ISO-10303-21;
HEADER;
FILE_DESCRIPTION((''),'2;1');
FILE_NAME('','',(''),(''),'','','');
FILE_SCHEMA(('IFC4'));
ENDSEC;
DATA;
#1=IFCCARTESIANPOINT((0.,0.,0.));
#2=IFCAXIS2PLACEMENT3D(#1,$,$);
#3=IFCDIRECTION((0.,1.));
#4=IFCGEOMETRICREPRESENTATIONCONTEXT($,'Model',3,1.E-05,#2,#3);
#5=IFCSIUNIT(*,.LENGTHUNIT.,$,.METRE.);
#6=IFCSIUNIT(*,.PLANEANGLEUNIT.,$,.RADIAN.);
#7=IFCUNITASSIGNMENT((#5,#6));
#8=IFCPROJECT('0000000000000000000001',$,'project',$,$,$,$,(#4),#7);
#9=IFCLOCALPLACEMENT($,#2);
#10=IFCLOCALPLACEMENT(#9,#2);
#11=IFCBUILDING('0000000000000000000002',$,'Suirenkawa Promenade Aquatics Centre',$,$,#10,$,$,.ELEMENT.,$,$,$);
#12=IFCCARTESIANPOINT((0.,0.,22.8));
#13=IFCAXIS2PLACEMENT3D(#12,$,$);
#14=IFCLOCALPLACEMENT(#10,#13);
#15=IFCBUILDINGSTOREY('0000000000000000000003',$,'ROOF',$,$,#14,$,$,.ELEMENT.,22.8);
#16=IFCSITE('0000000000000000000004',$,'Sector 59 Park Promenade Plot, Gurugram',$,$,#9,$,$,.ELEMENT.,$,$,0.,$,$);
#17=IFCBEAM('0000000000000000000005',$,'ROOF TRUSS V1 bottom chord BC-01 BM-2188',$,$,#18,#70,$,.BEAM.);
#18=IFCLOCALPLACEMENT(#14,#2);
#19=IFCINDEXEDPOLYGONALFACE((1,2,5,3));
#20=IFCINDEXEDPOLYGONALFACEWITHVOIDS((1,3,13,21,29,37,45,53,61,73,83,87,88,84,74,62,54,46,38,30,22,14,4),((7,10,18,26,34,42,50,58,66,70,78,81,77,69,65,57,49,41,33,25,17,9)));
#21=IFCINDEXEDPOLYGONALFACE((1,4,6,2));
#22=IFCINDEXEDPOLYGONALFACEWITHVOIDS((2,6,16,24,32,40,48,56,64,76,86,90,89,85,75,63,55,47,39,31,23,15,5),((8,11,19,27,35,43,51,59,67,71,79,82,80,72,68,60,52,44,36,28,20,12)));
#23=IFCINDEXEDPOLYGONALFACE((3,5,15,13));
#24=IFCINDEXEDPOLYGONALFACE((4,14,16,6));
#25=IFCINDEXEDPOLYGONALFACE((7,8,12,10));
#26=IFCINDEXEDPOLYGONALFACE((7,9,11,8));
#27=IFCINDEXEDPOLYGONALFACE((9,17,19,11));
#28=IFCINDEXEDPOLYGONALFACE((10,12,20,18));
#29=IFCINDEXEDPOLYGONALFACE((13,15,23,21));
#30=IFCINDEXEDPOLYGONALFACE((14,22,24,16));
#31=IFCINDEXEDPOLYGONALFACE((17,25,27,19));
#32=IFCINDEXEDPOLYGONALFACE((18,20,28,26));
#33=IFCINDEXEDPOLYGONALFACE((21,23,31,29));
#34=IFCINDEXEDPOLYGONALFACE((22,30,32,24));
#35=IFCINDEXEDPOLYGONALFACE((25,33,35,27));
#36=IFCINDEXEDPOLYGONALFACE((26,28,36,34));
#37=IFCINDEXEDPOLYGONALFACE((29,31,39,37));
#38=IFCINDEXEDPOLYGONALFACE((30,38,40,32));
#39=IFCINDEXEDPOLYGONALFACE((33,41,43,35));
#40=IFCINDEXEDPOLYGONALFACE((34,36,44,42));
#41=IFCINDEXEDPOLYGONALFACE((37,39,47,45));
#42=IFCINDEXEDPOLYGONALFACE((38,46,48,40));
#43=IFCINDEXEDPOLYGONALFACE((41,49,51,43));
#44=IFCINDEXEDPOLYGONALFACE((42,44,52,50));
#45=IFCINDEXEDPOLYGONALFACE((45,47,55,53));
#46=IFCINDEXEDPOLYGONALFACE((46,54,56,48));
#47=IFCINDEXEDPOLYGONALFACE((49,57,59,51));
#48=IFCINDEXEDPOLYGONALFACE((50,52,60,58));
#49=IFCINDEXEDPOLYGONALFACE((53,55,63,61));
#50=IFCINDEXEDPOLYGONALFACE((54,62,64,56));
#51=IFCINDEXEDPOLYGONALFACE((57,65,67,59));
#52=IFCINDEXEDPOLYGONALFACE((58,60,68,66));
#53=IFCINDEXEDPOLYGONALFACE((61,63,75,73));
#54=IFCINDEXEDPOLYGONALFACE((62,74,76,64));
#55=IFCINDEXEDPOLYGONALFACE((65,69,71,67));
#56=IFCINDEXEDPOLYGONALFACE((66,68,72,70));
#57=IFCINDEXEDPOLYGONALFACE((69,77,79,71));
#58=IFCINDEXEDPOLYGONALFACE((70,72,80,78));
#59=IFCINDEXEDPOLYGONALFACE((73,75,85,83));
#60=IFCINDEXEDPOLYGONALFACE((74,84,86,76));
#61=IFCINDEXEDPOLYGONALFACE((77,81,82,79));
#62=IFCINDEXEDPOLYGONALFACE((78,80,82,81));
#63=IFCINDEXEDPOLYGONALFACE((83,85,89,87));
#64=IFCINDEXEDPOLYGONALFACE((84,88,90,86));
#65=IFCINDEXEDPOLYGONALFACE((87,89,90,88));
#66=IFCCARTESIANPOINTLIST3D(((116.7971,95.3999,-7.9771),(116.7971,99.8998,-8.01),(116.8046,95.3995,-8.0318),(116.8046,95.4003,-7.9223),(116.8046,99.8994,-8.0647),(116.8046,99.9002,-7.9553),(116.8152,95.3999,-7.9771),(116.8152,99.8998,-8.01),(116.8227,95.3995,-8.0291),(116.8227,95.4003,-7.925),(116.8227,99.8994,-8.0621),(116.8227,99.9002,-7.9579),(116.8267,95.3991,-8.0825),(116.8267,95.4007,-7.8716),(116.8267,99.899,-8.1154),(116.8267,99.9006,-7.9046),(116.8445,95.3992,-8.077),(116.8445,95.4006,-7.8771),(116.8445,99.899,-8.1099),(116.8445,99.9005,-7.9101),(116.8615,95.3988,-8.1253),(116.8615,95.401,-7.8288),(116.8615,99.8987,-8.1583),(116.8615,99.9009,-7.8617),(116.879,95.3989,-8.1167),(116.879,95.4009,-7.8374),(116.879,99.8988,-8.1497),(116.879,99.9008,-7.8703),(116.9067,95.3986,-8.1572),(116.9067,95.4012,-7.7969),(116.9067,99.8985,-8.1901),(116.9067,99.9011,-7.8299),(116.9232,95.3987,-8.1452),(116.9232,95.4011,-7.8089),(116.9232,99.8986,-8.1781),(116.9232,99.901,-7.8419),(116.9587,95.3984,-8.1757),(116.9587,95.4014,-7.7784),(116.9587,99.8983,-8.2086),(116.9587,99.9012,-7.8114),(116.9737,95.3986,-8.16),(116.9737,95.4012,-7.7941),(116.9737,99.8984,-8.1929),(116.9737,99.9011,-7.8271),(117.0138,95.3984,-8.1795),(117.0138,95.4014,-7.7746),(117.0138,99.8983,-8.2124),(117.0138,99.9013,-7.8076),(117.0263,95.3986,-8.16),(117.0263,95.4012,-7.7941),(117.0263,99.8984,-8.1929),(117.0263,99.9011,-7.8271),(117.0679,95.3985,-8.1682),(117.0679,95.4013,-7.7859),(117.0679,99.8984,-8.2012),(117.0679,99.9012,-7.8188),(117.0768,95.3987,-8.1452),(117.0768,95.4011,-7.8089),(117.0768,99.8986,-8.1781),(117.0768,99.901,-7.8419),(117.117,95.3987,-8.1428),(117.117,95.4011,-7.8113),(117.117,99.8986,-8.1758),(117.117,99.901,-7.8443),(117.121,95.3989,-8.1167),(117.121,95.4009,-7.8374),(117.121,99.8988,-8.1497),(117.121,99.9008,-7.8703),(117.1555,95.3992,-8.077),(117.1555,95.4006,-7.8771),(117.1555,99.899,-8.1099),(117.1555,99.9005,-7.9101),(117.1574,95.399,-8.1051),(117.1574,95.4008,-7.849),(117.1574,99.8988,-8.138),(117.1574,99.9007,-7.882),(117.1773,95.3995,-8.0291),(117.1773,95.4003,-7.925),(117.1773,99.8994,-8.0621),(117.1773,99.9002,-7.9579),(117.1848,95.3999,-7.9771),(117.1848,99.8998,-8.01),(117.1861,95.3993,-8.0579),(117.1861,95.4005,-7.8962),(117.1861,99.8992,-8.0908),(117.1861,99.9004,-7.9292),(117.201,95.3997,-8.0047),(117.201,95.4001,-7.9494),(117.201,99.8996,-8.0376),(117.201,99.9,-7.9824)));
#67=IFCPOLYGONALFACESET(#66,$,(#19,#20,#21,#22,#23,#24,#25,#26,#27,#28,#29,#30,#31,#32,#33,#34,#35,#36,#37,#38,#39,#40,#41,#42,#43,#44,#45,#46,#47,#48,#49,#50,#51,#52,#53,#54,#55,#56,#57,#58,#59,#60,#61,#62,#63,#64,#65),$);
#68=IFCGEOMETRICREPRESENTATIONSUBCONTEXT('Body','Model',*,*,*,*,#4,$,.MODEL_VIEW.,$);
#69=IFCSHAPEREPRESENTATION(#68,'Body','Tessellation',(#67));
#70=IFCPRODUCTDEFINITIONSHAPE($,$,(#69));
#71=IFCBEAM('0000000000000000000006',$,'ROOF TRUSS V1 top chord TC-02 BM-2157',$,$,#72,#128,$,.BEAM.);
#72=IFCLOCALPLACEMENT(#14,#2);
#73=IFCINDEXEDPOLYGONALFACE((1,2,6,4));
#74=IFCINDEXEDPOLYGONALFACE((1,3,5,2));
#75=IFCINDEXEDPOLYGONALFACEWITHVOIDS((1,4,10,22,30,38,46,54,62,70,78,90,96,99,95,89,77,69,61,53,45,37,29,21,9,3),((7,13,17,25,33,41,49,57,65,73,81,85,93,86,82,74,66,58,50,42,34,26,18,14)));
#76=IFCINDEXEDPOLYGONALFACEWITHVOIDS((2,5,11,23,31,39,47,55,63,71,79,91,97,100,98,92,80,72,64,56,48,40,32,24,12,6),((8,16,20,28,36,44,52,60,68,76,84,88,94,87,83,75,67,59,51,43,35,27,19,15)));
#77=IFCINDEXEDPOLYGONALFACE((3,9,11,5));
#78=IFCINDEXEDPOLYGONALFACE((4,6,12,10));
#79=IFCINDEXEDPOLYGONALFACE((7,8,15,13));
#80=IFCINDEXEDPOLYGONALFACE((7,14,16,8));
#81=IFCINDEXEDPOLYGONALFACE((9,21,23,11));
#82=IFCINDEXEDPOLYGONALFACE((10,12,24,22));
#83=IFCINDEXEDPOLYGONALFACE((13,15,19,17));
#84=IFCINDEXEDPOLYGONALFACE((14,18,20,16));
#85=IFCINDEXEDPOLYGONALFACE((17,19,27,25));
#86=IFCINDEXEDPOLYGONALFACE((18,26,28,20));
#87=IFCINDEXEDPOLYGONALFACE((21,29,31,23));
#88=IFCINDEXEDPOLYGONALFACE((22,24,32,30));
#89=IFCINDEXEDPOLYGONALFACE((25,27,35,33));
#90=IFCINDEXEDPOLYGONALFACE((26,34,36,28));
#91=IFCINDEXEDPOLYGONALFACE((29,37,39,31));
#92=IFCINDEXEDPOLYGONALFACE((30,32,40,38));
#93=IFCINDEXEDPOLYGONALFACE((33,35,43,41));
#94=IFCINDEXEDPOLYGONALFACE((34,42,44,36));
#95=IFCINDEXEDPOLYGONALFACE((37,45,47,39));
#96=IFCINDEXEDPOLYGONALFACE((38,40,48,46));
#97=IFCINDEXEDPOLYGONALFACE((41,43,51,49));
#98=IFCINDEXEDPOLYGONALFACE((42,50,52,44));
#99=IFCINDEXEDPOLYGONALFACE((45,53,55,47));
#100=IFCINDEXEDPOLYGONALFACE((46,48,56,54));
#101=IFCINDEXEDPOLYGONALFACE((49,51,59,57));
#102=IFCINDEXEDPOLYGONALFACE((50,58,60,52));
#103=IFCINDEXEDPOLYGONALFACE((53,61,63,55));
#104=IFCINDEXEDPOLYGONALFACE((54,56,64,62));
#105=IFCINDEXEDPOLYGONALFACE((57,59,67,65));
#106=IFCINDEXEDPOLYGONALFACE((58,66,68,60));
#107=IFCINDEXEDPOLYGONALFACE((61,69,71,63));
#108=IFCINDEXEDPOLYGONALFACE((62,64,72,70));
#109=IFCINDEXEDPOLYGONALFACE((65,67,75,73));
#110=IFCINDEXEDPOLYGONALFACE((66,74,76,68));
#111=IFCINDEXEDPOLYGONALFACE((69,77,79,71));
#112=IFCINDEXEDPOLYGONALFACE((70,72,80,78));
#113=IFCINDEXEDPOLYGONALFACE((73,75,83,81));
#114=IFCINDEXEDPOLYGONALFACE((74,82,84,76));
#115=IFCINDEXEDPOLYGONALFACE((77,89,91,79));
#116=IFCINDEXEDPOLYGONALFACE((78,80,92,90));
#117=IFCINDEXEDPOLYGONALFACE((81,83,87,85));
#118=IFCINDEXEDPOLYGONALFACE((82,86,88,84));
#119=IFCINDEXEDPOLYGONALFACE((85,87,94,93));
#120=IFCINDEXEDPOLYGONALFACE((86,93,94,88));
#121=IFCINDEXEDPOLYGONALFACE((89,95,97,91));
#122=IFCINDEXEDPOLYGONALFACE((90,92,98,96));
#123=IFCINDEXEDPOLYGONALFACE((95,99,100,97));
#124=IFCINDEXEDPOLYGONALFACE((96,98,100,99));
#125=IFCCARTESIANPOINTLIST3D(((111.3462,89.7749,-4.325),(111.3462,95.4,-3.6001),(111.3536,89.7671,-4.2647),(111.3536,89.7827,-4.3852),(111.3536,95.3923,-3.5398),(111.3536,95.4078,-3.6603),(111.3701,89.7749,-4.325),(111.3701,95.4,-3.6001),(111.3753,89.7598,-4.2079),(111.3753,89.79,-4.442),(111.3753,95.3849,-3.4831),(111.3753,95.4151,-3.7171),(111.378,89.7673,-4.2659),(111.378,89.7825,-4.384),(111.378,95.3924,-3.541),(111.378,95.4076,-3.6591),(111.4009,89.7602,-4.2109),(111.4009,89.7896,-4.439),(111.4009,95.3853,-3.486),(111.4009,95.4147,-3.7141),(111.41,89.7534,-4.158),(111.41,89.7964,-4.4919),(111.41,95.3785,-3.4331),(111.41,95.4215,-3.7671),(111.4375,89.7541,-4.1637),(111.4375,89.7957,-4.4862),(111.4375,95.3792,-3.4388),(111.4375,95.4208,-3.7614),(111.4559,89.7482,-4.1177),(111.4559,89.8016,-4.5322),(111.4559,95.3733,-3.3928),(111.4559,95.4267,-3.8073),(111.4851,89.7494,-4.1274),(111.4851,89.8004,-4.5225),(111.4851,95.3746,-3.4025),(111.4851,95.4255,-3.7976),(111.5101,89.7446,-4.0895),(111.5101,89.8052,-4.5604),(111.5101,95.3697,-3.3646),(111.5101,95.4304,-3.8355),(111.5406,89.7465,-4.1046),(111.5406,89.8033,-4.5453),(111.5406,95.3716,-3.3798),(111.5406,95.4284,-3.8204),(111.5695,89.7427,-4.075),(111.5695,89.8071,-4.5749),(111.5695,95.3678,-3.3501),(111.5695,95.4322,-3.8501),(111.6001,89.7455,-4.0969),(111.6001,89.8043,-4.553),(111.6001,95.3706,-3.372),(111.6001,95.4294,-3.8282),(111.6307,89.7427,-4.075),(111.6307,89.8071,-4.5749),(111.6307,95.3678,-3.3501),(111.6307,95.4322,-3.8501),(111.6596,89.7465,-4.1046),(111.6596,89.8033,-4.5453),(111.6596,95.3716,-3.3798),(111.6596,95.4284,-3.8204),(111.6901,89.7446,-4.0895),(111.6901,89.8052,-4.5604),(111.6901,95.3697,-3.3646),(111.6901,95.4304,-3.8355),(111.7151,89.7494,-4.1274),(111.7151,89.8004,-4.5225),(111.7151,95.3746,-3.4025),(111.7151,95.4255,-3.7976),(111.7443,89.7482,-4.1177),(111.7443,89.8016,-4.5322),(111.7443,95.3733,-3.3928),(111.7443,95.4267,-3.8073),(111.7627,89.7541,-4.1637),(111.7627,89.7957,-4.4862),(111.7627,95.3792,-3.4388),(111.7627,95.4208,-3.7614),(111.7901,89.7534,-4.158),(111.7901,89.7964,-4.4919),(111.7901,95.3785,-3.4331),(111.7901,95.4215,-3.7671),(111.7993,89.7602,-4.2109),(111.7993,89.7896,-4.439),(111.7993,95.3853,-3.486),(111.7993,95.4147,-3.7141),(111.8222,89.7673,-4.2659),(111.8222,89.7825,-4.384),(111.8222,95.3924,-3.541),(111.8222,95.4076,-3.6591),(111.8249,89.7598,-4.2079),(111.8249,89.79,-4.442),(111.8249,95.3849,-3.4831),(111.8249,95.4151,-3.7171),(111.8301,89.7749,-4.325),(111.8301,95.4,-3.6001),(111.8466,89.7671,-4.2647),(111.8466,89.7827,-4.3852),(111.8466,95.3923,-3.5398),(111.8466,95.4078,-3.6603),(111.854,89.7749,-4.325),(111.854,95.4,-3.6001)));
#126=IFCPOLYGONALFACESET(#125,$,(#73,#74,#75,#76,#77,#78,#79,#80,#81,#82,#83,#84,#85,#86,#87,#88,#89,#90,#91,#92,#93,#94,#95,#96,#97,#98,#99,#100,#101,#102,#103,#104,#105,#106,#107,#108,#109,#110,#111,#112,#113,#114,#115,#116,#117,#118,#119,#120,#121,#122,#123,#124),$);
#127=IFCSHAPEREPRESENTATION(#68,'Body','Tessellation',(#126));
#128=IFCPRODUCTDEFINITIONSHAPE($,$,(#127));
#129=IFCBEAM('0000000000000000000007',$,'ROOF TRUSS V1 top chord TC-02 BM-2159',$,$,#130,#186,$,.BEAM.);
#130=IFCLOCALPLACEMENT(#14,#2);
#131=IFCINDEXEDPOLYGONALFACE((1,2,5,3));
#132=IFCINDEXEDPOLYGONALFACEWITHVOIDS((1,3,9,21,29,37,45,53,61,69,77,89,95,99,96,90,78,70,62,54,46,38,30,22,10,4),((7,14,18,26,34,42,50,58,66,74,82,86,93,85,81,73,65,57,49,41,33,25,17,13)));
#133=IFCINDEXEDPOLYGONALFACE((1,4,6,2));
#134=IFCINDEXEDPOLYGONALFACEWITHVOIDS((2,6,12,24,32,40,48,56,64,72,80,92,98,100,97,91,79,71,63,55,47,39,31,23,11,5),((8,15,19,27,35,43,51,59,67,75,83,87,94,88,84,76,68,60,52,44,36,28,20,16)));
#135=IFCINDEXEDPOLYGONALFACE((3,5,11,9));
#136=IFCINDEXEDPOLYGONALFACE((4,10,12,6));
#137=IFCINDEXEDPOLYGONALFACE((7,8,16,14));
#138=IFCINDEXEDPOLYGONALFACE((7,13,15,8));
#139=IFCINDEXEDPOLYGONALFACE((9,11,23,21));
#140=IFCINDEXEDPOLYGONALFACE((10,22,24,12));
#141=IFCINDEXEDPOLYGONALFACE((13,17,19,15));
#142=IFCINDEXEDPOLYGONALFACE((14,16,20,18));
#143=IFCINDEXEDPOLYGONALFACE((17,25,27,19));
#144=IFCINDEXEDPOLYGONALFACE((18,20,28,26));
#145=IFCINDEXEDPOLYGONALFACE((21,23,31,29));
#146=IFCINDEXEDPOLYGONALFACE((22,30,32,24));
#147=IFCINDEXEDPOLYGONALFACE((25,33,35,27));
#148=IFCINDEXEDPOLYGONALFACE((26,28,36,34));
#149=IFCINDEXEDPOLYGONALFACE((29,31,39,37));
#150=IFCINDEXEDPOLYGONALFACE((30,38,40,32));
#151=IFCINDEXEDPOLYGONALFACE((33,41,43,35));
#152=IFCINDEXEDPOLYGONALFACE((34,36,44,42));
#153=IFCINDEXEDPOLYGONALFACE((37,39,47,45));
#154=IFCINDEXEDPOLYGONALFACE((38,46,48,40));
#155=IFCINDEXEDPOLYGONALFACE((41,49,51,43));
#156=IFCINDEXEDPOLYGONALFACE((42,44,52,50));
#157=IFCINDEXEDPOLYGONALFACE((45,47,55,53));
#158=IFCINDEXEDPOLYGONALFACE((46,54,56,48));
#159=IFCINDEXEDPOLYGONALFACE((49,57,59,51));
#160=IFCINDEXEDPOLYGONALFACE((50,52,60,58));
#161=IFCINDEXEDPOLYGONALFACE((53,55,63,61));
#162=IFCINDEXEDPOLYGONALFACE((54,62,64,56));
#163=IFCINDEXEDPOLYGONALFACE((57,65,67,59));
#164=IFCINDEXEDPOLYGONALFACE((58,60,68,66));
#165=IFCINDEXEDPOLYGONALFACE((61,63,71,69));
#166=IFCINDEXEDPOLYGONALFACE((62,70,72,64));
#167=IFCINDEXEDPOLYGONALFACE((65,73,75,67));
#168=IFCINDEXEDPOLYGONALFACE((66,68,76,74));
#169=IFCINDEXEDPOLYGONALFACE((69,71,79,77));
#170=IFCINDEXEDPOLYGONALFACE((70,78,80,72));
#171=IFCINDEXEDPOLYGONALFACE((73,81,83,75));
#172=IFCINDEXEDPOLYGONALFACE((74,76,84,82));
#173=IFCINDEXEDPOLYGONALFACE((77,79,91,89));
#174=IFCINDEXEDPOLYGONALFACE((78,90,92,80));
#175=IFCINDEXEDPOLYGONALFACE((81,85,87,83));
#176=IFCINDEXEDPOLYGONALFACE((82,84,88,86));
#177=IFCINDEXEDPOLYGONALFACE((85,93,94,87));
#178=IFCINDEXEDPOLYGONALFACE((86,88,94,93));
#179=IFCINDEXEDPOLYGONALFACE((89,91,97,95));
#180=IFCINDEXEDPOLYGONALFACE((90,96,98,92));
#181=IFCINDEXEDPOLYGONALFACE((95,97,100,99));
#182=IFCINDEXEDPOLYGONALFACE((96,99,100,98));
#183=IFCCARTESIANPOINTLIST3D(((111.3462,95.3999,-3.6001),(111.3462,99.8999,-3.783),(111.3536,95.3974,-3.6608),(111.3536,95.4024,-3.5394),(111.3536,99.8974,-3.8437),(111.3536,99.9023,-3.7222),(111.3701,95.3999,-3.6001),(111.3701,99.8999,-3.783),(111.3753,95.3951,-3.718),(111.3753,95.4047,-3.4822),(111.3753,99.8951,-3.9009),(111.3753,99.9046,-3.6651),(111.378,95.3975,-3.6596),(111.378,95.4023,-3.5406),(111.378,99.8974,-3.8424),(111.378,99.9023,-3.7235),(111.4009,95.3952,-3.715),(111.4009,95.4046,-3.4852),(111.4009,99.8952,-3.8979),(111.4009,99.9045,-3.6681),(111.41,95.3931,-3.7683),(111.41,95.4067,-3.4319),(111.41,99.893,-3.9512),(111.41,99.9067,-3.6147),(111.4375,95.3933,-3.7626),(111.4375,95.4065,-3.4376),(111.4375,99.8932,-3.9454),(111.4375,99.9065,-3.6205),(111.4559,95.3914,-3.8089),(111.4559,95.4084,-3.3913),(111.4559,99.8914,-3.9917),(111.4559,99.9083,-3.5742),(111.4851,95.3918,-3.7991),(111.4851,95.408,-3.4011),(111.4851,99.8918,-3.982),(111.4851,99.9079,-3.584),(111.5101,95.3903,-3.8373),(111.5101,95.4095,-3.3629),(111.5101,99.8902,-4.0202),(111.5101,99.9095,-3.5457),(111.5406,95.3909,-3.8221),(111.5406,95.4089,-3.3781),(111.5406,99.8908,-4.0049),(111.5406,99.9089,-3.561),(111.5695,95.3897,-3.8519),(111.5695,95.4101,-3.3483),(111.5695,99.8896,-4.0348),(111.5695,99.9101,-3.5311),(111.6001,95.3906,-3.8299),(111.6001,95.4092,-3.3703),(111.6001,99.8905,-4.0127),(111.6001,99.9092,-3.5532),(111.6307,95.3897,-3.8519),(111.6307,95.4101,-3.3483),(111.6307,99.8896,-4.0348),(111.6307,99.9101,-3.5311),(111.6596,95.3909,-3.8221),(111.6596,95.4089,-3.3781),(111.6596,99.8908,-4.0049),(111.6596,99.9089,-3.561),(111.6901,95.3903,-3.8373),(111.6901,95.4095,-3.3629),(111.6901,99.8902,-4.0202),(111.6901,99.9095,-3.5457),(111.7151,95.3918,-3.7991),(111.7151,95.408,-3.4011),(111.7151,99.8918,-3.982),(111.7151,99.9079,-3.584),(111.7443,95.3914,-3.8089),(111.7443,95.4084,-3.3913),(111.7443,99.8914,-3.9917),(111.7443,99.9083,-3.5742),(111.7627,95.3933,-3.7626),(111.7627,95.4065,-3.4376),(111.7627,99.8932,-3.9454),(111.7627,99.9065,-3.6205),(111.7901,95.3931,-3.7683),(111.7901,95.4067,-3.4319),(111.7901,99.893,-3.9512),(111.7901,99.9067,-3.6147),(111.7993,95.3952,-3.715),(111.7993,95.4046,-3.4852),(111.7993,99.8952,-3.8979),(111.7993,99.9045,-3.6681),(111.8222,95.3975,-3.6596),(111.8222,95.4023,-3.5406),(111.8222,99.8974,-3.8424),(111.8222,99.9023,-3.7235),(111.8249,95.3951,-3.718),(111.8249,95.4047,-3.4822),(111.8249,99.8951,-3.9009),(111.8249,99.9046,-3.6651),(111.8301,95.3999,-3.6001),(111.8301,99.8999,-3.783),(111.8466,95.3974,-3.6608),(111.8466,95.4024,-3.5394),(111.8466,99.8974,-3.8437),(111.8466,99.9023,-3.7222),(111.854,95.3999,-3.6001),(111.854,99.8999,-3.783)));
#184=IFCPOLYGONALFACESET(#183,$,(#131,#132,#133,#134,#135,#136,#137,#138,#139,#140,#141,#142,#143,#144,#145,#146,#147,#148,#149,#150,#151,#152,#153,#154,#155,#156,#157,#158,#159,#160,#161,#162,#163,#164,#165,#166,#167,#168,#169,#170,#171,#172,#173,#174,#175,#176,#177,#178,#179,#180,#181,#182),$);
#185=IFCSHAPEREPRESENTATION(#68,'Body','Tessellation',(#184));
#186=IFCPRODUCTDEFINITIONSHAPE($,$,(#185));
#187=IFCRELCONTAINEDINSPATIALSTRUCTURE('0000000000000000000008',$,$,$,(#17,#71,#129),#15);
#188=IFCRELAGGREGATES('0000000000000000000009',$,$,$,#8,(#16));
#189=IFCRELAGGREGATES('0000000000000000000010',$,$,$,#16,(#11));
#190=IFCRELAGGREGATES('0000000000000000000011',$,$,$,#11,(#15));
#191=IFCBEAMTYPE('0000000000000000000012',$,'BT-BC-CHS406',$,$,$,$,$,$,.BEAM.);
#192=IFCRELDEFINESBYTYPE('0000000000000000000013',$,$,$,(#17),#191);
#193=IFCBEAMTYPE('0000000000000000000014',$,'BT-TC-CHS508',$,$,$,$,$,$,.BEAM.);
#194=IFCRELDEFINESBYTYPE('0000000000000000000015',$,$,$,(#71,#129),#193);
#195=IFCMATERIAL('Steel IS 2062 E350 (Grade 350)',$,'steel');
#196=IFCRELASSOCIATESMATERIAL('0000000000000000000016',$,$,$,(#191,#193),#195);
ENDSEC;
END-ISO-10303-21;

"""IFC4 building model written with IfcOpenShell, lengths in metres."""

from ifc_helpers import new_model, si_unit, direction, frame, origin, origin_2d, place, context, subcontext, project, spatial, hollow_circle, extrude, material, material_profile, profile_set, type_object, element, save


model = new_model("IFC4")

# Units and contexts
model_context = context("Model", 3, precision=1e-05, world=origin(), true_north=direction((0.0, 1.0)))
body_context = subcontext(model_context, "Body", "Model", "MODEL_VIEW")
ifc_project = project(units=[si_unit("LENGTHUNIT", "METRE"), si_unit("PLANEANGLEUNIT", "RADIAN")], contexts=[model_context])

# Site, building, storey
site_placement = place(None, origin())
site = spatial("IfcSite", under=ifc_project, at=site_placement, Name="Sector 59 Park Promenade Plot, Gurugram", CompositionType="ELEMENT", RefElevation=0.0)
building_placement = place(site_placement, origin())
building = spatial("IfcBuilding", under=site, at=building_placement, Name="Suirenkawa Promenade Aquatics Centre", CompositionType="ELEMENT")
storey_placement = place(building_placement, frame((0.0, 0.0, 22.8)))
storey = spatial("IfcBuildingStorey", under=building, at=storey_placement, Name="ROOF", CompositionType="ELEMENT", Elevation=22.8)

# Beams
ifc_material_1 = material(Name="Steel IS 2062 E350 (Grade 350)", Category="steel")
ifc_material_profile_1 = material_profile(ifc_material_1, hollow_circle(Radius=0.2029, WallThickness=0.0181, at=origin_2d()), Name="CHS 406x18", Category="steel")
ifc_profile_set_1 = profile_set([ifc_material_profile_1], Name="Steel IS 2062 E350 (Grade 350)")
beam_type_1 = type_object("IfcBeamType", Name="BT-BC-CHS406", PredefinedType="BEAM", material=ifc_profile_set_1)
beam_1_placement = place(storey_placement, frame((117.0, 95.3999, -7.9771), z_axis=(0.0, 0.999973, -0.007324), x_axis=(-1.0, 0.0, 0.0)))
element("IfcBeam", 1, at=beam_1_placement, inside=storey, type_object=beam_type_1, Name="ROOF TRUSS V1 bottom chord BC-01 BM-2188", PredefinedType="BEAM", context=body_context, shape_type="SweptSolid", body=[
    extrude(hollow_circle(Radius=0.2029, WallThickness=0.0181, at=origin_2d()), origin(), (0.0, 0.0, 1.0), 4.5),
])
ifc_material_profile_2 = material_profile(ifc_material_1, hollow_circle(Radius=0.2539, WallThickness=0.0239, at=origin_2d()), Name="CHS 508x24", Category="steel")
ifc_profile_set_2 = profile_set([ifc_material_profile_2], Name="Steel IS 2062 E350 (Grade 350)")
beam_type_2 = type_object("IfcBeamType", Name="BT-TC-CHS508", PredefinedType="BEAM", material=ifc_profile_set_2)
beam_2_placement = place(storey_placement, frame((111.6001, 89.7749, -4.325), z_axis=(0.0, 0.991799, 0.127806), x_axis=(-1.0, 0.0, 0.0)))
element("IfcBeam", 2, at=beam_2_placement, inside=storey, type_object=beam_type_2, Name="ROOF TRUSS V1 top chord TC-02 BM-2157", PredefinedType="BEAM", context=body_context, shape_type="SweptSolid", body=[
    extrude(hollow_circle(Radius=0.2539, WallThickness=0.0239, at=origin_2d()), origin(), (0.0, 0.0, 1.0), 5.6716),
])
beam_3_placement = place(storey_placement, frame((111.6001, 95.3999, -3.6001), z_axis=(0.0, 0.999175, -0.040602), x_axis=(-1.0, 0.0, 0.0)))
element("IfcBeam", 3, at=beam_3_placement, inside=storey, type_object=beam_type_2, Name="ROOF TRUSS V1 top chord TC-02 BM-2159", PredefinedType="BEAM", context=body_context, shape_type="SweptSolid", body=[
    extrude(hollow_circle(Radius=0.2539, WallThickness=0.0239, at=origin_2d()), origin(), (0.0, 0.0, 1.0), 4.5037),
])

save(model, "model.ifc")
